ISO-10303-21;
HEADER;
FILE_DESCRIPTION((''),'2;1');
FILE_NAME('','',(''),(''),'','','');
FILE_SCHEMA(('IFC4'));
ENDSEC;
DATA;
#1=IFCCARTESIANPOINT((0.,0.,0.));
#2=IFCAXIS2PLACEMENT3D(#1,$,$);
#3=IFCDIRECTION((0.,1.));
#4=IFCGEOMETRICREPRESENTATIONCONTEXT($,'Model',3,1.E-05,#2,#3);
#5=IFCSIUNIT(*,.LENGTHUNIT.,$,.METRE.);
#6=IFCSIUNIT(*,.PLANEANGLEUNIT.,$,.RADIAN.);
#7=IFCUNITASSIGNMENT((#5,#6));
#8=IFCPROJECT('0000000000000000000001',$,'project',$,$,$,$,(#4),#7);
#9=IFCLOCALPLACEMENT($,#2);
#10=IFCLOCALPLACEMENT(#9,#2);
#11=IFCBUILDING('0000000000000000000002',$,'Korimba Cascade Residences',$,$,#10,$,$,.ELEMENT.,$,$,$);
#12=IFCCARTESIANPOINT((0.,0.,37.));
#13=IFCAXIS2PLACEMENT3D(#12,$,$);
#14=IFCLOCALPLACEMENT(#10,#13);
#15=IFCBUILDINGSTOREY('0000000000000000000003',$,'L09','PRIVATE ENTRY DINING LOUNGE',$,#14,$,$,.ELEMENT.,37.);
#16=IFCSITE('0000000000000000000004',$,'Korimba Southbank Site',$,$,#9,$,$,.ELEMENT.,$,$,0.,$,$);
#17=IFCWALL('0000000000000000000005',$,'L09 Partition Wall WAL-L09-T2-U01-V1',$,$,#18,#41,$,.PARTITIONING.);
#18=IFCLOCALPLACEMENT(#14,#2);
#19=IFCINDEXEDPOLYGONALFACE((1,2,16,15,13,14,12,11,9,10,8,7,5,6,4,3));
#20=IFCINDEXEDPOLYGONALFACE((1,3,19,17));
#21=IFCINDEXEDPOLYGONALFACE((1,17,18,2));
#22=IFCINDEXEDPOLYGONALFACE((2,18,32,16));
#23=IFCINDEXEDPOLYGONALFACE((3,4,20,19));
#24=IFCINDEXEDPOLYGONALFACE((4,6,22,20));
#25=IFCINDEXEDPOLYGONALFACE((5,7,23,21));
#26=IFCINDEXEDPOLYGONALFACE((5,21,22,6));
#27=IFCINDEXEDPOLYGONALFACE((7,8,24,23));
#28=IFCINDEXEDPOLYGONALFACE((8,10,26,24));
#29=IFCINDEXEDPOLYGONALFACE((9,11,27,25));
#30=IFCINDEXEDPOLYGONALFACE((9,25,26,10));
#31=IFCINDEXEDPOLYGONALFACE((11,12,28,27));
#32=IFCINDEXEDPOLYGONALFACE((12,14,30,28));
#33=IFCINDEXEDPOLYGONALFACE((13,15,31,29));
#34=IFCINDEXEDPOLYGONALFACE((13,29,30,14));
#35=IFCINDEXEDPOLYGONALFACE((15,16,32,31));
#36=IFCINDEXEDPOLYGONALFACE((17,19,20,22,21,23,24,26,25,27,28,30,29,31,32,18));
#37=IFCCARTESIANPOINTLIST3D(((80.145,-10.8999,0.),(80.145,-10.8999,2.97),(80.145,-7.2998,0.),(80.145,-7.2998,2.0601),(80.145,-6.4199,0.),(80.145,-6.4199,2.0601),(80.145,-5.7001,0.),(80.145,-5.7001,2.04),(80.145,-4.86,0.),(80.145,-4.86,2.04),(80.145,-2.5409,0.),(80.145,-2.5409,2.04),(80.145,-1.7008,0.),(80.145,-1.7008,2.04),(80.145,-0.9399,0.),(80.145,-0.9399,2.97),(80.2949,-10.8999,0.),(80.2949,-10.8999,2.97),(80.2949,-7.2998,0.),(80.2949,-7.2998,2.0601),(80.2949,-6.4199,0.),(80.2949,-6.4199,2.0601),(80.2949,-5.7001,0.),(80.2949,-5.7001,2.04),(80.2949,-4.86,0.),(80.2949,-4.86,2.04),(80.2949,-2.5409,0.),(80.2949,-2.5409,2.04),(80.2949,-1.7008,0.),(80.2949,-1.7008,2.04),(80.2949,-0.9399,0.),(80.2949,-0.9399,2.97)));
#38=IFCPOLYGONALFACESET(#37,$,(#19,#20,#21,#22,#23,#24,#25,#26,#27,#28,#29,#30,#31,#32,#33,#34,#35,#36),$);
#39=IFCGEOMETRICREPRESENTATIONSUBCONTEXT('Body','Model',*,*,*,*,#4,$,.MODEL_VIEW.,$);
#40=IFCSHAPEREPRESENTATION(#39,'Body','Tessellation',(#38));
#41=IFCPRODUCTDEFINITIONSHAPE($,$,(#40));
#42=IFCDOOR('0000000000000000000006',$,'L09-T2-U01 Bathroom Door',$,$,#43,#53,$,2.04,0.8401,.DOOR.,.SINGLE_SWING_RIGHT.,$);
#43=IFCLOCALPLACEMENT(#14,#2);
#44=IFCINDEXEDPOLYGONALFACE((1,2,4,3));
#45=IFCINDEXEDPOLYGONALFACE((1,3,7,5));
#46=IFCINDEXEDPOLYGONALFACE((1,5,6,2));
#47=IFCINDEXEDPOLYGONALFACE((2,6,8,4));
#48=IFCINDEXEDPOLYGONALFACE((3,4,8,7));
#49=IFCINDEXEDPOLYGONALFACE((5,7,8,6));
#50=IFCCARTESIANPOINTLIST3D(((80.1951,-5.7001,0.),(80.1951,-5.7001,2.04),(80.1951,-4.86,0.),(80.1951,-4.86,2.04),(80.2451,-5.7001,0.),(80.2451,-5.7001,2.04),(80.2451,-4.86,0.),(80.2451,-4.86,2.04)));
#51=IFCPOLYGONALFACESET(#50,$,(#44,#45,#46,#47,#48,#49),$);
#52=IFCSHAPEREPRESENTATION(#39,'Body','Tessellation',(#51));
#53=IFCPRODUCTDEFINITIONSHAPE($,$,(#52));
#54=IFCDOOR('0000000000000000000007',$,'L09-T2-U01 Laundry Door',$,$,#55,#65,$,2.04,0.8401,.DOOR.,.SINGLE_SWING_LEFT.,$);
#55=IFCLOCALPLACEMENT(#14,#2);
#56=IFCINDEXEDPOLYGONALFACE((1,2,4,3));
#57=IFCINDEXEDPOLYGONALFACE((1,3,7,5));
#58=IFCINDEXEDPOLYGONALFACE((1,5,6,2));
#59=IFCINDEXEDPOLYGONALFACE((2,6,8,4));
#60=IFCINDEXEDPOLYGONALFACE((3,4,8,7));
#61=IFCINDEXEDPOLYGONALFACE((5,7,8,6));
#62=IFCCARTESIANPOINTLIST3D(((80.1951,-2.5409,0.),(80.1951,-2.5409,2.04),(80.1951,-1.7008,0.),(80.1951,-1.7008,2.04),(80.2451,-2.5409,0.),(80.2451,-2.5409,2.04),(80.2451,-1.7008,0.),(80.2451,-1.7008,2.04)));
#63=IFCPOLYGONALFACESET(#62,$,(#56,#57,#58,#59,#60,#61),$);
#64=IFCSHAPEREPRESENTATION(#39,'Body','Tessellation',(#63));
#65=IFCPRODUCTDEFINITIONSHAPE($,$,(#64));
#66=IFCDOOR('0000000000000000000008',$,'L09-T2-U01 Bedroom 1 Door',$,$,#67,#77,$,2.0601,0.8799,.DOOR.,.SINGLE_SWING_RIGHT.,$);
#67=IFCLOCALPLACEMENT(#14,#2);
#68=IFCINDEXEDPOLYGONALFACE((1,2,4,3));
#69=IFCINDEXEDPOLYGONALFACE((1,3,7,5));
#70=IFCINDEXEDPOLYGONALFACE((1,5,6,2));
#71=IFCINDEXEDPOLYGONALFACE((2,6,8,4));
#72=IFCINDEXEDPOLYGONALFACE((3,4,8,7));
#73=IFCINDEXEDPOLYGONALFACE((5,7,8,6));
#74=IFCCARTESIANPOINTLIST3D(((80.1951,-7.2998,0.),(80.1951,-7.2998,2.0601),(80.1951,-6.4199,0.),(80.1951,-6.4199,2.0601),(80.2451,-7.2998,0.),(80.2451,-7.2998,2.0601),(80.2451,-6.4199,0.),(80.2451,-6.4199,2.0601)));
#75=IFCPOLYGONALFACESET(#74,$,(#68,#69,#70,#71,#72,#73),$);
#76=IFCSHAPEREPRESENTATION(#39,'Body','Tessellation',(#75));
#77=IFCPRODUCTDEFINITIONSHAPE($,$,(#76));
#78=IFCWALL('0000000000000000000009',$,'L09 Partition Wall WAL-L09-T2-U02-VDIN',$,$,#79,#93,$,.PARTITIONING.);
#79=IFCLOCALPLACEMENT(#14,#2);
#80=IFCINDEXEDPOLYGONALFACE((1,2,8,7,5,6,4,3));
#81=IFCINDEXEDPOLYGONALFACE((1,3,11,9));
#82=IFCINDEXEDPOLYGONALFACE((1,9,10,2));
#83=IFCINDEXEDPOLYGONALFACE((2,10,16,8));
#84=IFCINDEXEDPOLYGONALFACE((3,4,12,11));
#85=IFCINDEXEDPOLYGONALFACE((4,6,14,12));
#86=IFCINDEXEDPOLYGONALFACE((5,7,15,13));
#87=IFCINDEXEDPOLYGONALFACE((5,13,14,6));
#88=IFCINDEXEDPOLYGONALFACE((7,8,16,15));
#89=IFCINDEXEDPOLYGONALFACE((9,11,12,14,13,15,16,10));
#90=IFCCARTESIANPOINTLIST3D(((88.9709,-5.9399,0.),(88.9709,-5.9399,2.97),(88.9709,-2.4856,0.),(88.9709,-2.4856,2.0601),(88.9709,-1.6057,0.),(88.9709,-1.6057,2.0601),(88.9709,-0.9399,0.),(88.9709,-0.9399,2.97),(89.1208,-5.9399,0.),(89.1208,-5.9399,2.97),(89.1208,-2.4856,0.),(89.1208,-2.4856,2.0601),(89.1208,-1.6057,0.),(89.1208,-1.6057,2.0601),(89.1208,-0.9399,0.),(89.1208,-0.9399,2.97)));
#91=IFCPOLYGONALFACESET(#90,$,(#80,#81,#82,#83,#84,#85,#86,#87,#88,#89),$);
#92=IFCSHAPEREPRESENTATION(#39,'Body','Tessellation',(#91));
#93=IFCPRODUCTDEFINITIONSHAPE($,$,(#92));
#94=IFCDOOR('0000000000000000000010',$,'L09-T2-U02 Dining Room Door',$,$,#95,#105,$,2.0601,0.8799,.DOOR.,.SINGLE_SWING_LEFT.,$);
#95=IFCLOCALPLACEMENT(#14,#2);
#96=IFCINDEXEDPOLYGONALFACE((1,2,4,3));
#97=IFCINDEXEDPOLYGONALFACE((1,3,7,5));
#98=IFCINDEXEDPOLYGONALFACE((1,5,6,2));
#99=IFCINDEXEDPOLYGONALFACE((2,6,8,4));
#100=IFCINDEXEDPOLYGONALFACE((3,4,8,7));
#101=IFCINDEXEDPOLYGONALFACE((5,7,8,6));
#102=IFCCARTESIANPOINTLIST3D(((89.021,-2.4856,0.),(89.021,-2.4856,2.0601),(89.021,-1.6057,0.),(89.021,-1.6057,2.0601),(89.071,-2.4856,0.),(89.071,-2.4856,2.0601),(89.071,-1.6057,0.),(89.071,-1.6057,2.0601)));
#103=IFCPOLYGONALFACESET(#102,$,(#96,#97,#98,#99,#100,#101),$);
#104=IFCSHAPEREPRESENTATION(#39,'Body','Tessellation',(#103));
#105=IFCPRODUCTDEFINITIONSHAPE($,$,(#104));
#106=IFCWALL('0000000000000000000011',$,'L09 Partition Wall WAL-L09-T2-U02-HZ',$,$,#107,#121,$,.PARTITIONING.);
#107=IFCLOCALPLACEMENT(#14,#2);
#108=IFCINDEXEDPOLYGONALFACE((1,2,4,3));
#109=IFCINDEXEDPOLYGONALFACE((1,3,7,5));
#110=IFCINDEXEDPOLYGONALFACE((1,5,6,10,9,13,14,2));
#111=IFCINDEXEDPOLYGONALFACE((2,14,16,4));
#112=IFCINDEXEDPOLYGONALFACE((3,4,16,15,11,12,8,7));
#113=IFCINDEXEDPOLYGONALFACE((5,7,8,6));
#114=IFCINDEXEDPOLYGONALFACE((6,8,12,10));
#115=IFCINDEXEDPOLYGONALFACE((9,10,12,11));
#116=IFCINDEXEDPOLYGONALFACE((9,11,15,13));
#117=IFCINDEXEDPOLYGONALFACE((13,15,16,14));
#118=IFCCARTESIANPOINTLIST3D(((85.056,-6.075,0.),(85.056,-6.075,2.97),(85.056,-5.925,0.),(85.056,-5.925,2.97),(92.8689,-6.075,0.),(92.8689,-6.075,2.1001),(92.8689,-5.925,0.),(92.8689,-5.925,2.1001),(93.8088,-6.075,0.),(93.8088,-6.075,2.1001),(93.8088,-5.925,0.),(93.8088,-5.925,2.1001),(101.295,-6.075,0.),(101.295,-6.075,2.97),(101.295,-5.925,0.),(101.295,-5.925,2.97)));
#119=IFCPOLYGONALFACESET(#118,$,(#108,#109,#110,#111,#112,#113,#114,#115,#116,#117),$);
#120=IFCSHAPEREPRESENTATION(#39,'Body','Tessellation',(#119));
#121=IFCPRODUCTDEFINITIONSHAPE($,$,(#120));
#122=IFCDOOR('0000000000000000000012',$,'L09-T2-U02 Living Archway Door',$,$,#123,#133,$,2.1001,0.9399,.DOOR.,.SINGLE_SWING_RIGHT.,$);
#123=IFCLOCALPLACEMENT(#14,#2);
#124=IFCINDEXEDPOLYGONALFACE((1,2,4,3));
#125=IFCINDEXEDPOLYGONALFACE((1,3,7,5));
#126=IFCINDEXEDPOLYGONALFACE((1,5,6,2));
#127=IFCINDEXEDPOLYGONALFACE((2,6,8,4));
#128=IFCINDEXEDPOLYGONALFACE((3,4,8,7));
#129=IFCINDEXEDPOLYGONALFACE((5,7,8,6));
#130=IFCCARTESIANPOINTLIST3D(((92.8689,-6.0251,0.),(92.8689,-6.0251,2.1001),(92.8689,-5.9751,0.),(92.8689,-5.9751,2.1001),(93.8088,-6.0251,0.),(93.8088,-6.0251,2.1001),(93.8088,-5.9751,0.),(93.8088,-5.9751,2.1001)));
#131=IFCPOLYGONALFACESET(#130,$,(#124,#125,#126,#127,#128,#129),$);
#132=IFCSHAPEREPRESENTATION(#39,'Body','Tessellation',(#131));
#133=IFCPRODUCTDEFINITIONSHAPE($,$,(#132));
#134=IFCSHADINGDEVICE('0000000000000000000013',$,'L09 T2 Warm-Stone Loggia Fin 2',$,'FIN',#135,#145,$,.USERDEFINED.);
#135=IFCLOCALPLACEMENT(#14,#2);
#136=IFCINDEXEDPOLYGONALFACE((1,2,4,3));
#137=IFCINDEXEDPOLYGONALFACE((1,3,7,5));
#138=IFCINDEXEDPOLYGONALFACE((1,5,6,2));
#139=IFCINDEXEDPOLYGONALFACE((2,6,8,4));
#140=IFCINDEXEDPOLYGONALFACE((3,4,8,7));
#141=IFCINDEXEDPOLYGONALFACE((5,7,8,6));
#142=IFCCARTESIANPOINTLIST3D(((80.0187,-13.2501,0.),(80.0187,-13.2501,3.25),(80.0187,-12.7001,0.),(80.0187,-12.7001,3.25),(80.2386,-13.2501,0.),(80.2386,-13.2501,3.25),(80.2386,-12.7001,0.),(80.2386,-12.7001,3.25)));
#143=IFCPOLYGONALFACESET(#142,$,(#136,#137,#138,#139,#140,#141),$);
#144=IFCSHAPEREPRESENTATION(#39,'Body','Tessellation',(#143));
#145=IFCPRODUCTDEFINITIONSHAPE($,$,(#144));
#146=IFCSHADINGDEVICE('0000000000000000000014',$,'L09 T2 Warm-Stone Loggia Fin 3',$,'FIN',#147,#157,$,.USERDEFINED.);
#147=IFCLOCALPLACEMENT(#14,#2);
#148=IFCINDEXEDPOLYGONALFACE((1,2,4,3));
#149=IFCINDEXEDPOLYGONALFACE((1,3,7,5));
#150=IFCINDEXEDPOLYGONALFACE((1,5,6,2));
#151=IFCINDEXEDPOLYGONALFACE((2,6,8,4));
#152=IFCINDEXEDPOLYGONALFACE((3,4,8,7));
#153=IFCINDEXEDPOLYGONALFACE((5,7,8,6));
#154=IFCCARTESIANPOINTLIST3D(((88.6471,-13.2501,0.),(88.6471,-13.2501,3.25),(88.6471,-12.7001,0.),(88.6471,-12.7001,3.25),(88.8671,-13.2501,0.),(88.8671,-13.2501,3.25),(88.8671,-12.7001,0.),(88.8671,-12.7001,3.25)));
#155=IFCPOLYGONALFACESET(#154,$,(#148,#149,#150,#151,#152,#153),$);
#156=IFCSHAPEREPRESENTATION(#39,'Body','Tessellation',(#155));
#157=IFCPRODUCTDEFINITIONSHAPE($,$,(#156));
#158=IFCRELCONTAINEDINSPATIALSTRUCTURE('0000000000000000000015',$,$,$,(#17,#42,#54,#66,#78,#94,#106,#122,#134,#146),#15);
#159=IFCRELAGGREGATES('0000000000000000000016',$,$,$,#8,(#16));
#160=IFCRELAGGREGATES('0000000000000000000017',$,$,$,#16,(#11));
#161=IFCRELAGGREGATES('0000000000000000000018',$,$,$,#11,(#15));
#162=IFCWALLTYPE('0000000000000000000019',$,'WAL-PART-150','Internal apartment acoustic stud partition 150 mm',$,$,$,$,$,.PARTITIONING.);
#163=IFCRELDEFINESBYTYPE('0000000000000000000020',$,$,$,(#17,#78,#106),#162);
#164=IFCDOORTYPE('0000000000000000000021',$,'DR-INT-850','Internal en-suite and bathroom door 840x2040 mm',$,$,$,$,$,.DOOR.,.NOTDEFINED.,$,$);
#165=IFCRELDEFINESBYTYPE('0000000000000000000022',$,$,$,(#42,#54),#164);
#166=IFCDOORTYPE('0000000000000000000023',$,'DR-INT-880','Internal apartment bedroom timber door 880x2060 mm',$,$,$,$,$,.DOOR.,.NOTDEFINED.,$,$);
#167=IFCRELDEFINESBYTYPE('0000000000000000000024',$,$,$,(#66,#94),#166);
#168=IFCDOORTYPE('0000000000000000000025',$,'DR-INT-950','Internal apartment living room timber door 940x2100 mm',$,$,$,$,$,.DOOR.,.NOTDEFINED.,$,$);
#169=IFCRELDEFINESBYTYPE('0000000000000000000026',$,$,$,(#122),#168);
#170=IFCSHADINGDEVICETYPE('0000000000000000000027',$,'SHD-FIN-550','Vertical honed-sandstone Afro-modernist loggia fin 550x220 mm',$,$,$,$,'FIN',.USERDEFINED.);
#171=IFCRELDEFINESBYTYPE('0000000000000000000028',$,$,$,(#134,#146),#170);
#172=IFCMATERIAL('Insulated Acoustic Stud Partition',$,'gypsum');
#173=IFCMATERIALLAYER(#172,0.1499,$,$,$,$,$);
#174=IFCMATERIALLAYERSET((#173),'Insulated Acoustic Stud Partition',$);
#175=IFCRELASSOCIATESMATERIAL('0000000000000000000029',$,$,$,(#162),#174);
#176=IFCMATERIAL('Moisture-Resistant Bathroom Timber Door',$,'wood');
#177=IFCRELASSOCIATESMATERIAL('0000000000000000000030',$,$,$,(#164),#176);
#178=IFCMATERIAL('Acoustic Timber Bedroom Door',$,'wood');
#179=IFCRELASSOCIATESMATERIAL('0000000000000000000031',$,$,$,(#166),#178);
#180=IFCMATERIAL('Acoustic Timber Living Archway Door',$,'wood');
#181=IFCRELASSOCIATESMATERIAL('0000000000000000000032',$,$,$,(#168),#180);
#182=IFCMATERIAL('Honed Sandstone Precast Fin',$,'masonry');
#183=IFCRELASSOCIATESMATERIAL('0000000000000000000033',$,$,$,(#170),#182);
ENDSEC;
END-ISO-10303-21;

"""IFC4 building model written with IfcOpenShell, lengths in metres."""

from ifc_helpers import new_model, si_unit, direction, frame, frame_2d, origin, origin_2d, place, context, subcontext, project, spatial, rectangle, extrude, material, layer, layer_set, type_object, element, fill, save


model = new_model("IFC4")

# Units and contexts
model_context = context("Model", 3, precision=1e-05, world=origin(), true_north=direction((0.0, 1.0)))
body_context = subcontext(model_context, "Body", "Model", "MODEL_VIEW")
ifc_project = project(units=[si_unit("LENGTHUNIT", "METRE"), si_unit("PLANEANGLEUNIT", "RADIAN")], contexts=[model_context])

# Site, building, storey
site_placement = place(None, origin())
site = spatial("IfcSite", under=ifc_project, at=site_placement, Name="Korimba Southbank Site", CompositionType="ELEMENT", RefElevation=0.0)
building_placement = place(site_placement, origin())
building = spatial("IfcBuilding", under=site, at=building_placement, Name="Korimba Cascade Residences", CompositionType="ELEMENT")
storey_placement = place(building_placement, frame((0.0, 0.0, 37.0)))
storey = spatial("IfcBuildingStorey", under=building, at=storey_placement, Name="L09", Description="PRIVATE ENTRY DINING LOUNGE", CompositionType="ELEMENT", Elevation=37.0)

# Wall, openings, doors
ifc_material_1 = material(Name="Insulated Acoustic Stud Partition", Category="gypsum")
ifc_layer_1 = layer(ifc_material_1, 0.1499)
ifc_layer_set_1 = layer_set([ifc_layer_1], Name="Insulated Acoustic Stud Partition")
wall_type_1 = type_object("IfcWallType", Name="WAL-PART-150", Description="Internal apartment acoustic stud partition 150 mm", PredefinedType="PARTITIONING", material=ifc_layer_set_1)
wall_1_placement = place(storey_placement, frame((80.22, -10.8999, 0.0), z_axis=(0.0, 0.0, 1.0), x_axis=(0.0, 1.0, 0.0)))
wall_1 = element("IfcWall", 1, at=wall_1_placement, inside=storey, type_object=wall_type_1, Name="L09 Partition Wall WAL-L09-T2-U01-V1", PredefinedType="PARTITIONING", context=body_context, shape_type="SweptSolid", body=[
    extrude(rectangle(XDim=9.96, YDim=0.1499, at=frame_2d((4.98, 0.0))), origin(), (0.0, 0.0, 1.0), 2.97),
])
opening_1_placement = place(wall_1_placement, frame((5.2, 0.0, 0.0)))
opening_1 = element("IfcOpeningElement", 2, at=opening_1_placement, cuts=wall_1, PredefinedType="OPENING", context=body_context, shape_type="SweptSolid", body=[
    extrude(rectangle(XDim=0.8401, YDim=2.04, at=frame_2d((0.4199, 1.02))), frame((0.0, 0.085, 0.0), z_axis=(0.0, -1.0, 0.0), x_axis=(1.0, 0.0, 0.0)), (0.0, 0.0, 1.0), 0.1699),
])
opening_2_placement = place(wall_1_placement, frame((8.3591, 0.0, 0.0)))
opening_2 = element("IfcOpeningElement", 3, at=opening_2_placement, cuts=wall_1, PredefinedType="OPENING", context=body_context, shape_type="SweptSolid", body=[
    extrude(rectangle(XDim=0.8401, YDim=2.04, at=frame_2d((0.4199, 1.02))), frame((0.0, 0.085, 0.0), z_axis=(0.0, -1.0, 0.0), x_axis=(1.0, 0.0, 0.0)), (0.0, 0.0, 1.0), 0.1699),
])
opening_3_placement = place(wall_1_placement, frame((3.6001, 0.0, 0.0)))
opening_3 = element("IfcOpeningElement", 4, at=opening_3_placement, cuts=wall_1, PredefinedType="OPENING", context=body_context, shape_type="SweptSolid", body=[
    extrude(rectangle(XDim=0.8799, YDim=2.0601, at=frame_2d((0.4399, 1.03))), frame((0.0, 0.085, 0.0), z_axis=(0.0, -1.0, 0.0), x_axis=(1.0, 0.0, 0.0)), (0.0, 0.0, 1.0), 0.1699),
])
ifc_material_2 = material(Name="Moisture-Resistant Bathroom Timber Door", Category="wood")
door_type_1 = type_object("IfcDoorType", Name="DR-INT-850", Description="Internal en-suite and bathroom door 840x2040 mm", OperationType="NOTDEFINED", PredefinedType="DOOR", material=ifc_material_2)
door_1_placement = place(opening_1_placement, origin())
door_1 = element("IfcDoor", 5, at=door_1_placement, inside=storey, type_object=door_type_1, Name="L09-T2-U01 Bathroom Door", OperationType="SINGLE_SWING_RIGHT", OverallHeight=2.04, OverallWidth=0.8401, PredefinedType="DOOR", context=body_context, shape_type="SweptSolid", body=[
    extrude(rectangle(XDim=0.8401, YDim=2.04, at=frame_2d((0.4199, 1.02))), frame((0.0, 0.0249, 0.0), z_axis=(0.0, -1.0, 0.0), x_axis=(1.0, 0.0, 0.0)), (0.0, 0.0, 1.0), 0.05),
])
fill(opening_1, door_1)
door_2_placement = place(opening_2_placement, origin())
door_2 = element("IfcDoor", 6, at=door_2_placement, inside=storey, type_object=door_type_1, Name="L09-T2-U01 Laundry Door", OperationType="SINGLE_SWING_LEFT", OverallHeight=2.04, OverallWidth=0.8401, PredefinedType="DOOR", context=body_context, shape_type="SweptSolid", body=[
    extrude(rectangle(XDim=0.8401, YDim=2.04, at=frame_2d((0.4199, 1.02))), frame((0.0, 0.0249, 0.0), z_axis=(0.0, -1.0, 0.0), x_axis=(1.0, 0.0, 0.0)), (0.0, 0.0, 1.0), 0.05),
])
fill(opening_2, door_2)
ifc_material_3 = material(Name="Acoustic Timber Bedroom Door", Category="wood")
door_type_2 = type_object("IfcDoorType", Name="DR-INT-880", Description="Internal apartment bedroom timber door 880x2060 mm", OperationType="NOTDEFINED", PredefinedType="DOOR", material=ifc_material_3)
door_3_placement = place(opening_3_placement, origin())
door_3 = element("IfcDoor", 7, at=door_3_placement, inside=storey, type_object=door_type_2, Name="L09-T2-U01 Bedroom 1 Door", OperationType="SINGLE_SWING_RIGHT", OverallHeight=2.0601, OverallWidth=0.8799, PredefinedType="DOOR", context=body_context, shape_type="SweptSolid", body=[
    extrude(rectangle(XDim=0.8799, YDim=2.0601, at=frame_2d((0.4399, 1.03))), frame((0.0, 0.0249, 0.0), z_axis=(0.0, -1.0, 0.0), x_axis=(1.0, 0.0, 0.0)), (0.0, 0.0, 1.0), 0.05),
])
fill(opening_3, door_3)

# Walls, openings, doors
wall_2_placement = place(storey_placement, frame((89.0459, -5.9399, 0.0), z_axis=(0.0, 0.0, 1.0), x_axis=(0.0, 1.0, 0.0)))
wall_2 = element("IfcWall", 8, at=wall_2_placement, inside=storey, type_object=wall_type_1, Name="L09 Partition Wall WAL-L09-T2-U02-VDIN", PredefinedType="PARTITIONING", context=body_context, shape_type="SweptSolid", body=[
    extrude(rectangle(XDim=5.0, YDim=0.1499, at=frame_2d((2.5, 0.0))), origin(), (0.0, 0.0, 1.0), 2.97),
])
opening_4_placement = place(wall_2_placement, frame((3.4543, 0.0, 0.0)))
opening_4 = element("IfcOpeningElement", 9, at=opening_4_placement, cuts=wall_2, PredefinedType="OPENING", context=body_context, shape_type="SweptSolid", body=[
    extrude(rectangle(XDim=0.8799, YDim=2.0601, at=frame_2d((0.4399, 1.03))), frame((0.0, 0.085, 0.0), z_axis=(0.0, -1.0, 0.0), x_axis=(1.0, 0.0, 0.0)), (0.0, 0.0, 1.0), 0.1699),
])
door_4_placement = place(opening_4_placement, origin())
door_4 = element("IfcDoor", 10, at=door_4_placement, inside=storey, type_object=door_type_2, Name="L09-T2-U02 Dining Room Door", OperationType="SINGLE_SWING_LEFT", OverallHeight=2.0601, OverallWidth=0.8799, PredefinedType="DOOR", context=body_context, shape_type="SweptSolid", body=[
    extrude(rectangle(XDim=0.8799, YDim=2.0601, at=frame_2d((0.4399, 1.03))), frame((0.0, 0.0249, 0.0), z_axis=(0.0, -1.0, 0.0), x_axis=(1.0, 0.0, 0.0)), (0.0, 0.0, 1.0), 0.05),
])
fill(opening_4, door_4)
wall_3_placement = place(storey_placement, frame((85.0559, -6.0, 0.0), z_axis=(0.0, 0.0, 1.0), x_axis=(1.0, 0.0, 0.0)))
wall_3 = element("IfcWall", 11, at=wall_3_placement, inside=storey, type_object=wall_type_1, Name="L09 Partition Wall WAL-L09-T2-U02-HZ", PredefinedType="PARTITIONING", context=body_context, shape_type="SweptSolid", body=[
    extrude(rectangle(XDim=16.239, YDim=0.1499, at=frame_2d((8.1196, 0.0))), origin(), (0.0, 0.0, 1.0), 2.97),
])
opening_5_placement = place(wall_3_placement, frame((7.813, 0.0, 0.0)))
opening_5 = element("IfcOpeningElement", 12, at=opening_5_placement, cuts=wall_3, PredefinedType="OPENING", context=body_context, shape_type="SweptSolid", body=[
    extrude(rectangle(XDim=0.9399, YDim=2.1001, at=frame_2d((0.47, 1.05))), frame((0.0, 0.085, 0.0), z_axis=(0.0, -1.0, 0.0), x_axis=(1.0, 0.0, 0.0)), (0.0, 0.0, 1.0), 0.1699),
])
ifc_material_4 = material(Name="Acoustic Timber Living Archway Door", Category="wood")
door_type_3 = type_object("IfcDoorType", Name="DR-INT-950", Description="Internal apartment living room timber door 940x2100 mm", OperationType="NOTDEFINED", PredefinedType="DOOR", material=ifc_material_4)
door_5_placement = place(opening_5_placement, origin())
door_5 = element("IfcDoor", 13, at=door_5_placement, inside=storey, type_object=door_type_3, Name="L09-T2-U02 Living Archway Door", OperationType="SINGLE_SWING_RIGHT", OverallHeight=2.1001, OverallWidth=0.9399, PredefinedType="DOOR", context=body_context, shape_type="SweptSolid", body=[
    extrude(rectangle(XDim=0.9399, YDim=2.1001, at=frame_2d((0.47, 1.05))), frame((0.0, 0.0249, 0.0), z_axis=(0.0, -1.0, 0.0), x_axis=(1.0, 0.0, 0.0)), (0.0, 0.0, 1.0), 0.05),
])
fill(opening_5, door_5)

# Shading devices
ifc_material_5 = material(Name="Honed Sandstone Precast Fin", Category="masonry")
shading_device_type = type_object("IfcShadingDeviceType", Name="SHD-FIN-550", Description="Vertical honed-sandstone Afro-modernist loggia fin 550x220 mm", ElementType="FIN", PredefinedType="USERDEFINED", material=ifc_material_5)
for number, where, z_axis, x_axis, name in (
    (14, (80.1287, -12.9751, 0.0), (0.0, 0.0, 1.0), (1.0, 0.0, 0.0), "L09 T2 Warm-Stone Loggia Fin 2"),
    (15, (88.7571, -12.9751, 0.0), (0.0, 0.0, 1.0), (1.0, 0.0, 0.0), "L09 T2 Warm-Stone Loggia Fin 3"),
):
    element("IfcShadingDevice", number, at=place(storey_placement, frame(where, z_axis=z_axis, x_axis=x_axis)), inside=storey, type_object=shading_device_type, Name=name, ObjectType="FIN", PredefinedType="USERDEFINED", context=body_context, shape_type="SweptSolid", body=[
        extrude(rectangle(XDim=0.22, YDim=0.55, at=origin_2d()), origin(), (0.0, 0.0, 1.0), 3.25),
    ])

save(model, "model.ifc")
